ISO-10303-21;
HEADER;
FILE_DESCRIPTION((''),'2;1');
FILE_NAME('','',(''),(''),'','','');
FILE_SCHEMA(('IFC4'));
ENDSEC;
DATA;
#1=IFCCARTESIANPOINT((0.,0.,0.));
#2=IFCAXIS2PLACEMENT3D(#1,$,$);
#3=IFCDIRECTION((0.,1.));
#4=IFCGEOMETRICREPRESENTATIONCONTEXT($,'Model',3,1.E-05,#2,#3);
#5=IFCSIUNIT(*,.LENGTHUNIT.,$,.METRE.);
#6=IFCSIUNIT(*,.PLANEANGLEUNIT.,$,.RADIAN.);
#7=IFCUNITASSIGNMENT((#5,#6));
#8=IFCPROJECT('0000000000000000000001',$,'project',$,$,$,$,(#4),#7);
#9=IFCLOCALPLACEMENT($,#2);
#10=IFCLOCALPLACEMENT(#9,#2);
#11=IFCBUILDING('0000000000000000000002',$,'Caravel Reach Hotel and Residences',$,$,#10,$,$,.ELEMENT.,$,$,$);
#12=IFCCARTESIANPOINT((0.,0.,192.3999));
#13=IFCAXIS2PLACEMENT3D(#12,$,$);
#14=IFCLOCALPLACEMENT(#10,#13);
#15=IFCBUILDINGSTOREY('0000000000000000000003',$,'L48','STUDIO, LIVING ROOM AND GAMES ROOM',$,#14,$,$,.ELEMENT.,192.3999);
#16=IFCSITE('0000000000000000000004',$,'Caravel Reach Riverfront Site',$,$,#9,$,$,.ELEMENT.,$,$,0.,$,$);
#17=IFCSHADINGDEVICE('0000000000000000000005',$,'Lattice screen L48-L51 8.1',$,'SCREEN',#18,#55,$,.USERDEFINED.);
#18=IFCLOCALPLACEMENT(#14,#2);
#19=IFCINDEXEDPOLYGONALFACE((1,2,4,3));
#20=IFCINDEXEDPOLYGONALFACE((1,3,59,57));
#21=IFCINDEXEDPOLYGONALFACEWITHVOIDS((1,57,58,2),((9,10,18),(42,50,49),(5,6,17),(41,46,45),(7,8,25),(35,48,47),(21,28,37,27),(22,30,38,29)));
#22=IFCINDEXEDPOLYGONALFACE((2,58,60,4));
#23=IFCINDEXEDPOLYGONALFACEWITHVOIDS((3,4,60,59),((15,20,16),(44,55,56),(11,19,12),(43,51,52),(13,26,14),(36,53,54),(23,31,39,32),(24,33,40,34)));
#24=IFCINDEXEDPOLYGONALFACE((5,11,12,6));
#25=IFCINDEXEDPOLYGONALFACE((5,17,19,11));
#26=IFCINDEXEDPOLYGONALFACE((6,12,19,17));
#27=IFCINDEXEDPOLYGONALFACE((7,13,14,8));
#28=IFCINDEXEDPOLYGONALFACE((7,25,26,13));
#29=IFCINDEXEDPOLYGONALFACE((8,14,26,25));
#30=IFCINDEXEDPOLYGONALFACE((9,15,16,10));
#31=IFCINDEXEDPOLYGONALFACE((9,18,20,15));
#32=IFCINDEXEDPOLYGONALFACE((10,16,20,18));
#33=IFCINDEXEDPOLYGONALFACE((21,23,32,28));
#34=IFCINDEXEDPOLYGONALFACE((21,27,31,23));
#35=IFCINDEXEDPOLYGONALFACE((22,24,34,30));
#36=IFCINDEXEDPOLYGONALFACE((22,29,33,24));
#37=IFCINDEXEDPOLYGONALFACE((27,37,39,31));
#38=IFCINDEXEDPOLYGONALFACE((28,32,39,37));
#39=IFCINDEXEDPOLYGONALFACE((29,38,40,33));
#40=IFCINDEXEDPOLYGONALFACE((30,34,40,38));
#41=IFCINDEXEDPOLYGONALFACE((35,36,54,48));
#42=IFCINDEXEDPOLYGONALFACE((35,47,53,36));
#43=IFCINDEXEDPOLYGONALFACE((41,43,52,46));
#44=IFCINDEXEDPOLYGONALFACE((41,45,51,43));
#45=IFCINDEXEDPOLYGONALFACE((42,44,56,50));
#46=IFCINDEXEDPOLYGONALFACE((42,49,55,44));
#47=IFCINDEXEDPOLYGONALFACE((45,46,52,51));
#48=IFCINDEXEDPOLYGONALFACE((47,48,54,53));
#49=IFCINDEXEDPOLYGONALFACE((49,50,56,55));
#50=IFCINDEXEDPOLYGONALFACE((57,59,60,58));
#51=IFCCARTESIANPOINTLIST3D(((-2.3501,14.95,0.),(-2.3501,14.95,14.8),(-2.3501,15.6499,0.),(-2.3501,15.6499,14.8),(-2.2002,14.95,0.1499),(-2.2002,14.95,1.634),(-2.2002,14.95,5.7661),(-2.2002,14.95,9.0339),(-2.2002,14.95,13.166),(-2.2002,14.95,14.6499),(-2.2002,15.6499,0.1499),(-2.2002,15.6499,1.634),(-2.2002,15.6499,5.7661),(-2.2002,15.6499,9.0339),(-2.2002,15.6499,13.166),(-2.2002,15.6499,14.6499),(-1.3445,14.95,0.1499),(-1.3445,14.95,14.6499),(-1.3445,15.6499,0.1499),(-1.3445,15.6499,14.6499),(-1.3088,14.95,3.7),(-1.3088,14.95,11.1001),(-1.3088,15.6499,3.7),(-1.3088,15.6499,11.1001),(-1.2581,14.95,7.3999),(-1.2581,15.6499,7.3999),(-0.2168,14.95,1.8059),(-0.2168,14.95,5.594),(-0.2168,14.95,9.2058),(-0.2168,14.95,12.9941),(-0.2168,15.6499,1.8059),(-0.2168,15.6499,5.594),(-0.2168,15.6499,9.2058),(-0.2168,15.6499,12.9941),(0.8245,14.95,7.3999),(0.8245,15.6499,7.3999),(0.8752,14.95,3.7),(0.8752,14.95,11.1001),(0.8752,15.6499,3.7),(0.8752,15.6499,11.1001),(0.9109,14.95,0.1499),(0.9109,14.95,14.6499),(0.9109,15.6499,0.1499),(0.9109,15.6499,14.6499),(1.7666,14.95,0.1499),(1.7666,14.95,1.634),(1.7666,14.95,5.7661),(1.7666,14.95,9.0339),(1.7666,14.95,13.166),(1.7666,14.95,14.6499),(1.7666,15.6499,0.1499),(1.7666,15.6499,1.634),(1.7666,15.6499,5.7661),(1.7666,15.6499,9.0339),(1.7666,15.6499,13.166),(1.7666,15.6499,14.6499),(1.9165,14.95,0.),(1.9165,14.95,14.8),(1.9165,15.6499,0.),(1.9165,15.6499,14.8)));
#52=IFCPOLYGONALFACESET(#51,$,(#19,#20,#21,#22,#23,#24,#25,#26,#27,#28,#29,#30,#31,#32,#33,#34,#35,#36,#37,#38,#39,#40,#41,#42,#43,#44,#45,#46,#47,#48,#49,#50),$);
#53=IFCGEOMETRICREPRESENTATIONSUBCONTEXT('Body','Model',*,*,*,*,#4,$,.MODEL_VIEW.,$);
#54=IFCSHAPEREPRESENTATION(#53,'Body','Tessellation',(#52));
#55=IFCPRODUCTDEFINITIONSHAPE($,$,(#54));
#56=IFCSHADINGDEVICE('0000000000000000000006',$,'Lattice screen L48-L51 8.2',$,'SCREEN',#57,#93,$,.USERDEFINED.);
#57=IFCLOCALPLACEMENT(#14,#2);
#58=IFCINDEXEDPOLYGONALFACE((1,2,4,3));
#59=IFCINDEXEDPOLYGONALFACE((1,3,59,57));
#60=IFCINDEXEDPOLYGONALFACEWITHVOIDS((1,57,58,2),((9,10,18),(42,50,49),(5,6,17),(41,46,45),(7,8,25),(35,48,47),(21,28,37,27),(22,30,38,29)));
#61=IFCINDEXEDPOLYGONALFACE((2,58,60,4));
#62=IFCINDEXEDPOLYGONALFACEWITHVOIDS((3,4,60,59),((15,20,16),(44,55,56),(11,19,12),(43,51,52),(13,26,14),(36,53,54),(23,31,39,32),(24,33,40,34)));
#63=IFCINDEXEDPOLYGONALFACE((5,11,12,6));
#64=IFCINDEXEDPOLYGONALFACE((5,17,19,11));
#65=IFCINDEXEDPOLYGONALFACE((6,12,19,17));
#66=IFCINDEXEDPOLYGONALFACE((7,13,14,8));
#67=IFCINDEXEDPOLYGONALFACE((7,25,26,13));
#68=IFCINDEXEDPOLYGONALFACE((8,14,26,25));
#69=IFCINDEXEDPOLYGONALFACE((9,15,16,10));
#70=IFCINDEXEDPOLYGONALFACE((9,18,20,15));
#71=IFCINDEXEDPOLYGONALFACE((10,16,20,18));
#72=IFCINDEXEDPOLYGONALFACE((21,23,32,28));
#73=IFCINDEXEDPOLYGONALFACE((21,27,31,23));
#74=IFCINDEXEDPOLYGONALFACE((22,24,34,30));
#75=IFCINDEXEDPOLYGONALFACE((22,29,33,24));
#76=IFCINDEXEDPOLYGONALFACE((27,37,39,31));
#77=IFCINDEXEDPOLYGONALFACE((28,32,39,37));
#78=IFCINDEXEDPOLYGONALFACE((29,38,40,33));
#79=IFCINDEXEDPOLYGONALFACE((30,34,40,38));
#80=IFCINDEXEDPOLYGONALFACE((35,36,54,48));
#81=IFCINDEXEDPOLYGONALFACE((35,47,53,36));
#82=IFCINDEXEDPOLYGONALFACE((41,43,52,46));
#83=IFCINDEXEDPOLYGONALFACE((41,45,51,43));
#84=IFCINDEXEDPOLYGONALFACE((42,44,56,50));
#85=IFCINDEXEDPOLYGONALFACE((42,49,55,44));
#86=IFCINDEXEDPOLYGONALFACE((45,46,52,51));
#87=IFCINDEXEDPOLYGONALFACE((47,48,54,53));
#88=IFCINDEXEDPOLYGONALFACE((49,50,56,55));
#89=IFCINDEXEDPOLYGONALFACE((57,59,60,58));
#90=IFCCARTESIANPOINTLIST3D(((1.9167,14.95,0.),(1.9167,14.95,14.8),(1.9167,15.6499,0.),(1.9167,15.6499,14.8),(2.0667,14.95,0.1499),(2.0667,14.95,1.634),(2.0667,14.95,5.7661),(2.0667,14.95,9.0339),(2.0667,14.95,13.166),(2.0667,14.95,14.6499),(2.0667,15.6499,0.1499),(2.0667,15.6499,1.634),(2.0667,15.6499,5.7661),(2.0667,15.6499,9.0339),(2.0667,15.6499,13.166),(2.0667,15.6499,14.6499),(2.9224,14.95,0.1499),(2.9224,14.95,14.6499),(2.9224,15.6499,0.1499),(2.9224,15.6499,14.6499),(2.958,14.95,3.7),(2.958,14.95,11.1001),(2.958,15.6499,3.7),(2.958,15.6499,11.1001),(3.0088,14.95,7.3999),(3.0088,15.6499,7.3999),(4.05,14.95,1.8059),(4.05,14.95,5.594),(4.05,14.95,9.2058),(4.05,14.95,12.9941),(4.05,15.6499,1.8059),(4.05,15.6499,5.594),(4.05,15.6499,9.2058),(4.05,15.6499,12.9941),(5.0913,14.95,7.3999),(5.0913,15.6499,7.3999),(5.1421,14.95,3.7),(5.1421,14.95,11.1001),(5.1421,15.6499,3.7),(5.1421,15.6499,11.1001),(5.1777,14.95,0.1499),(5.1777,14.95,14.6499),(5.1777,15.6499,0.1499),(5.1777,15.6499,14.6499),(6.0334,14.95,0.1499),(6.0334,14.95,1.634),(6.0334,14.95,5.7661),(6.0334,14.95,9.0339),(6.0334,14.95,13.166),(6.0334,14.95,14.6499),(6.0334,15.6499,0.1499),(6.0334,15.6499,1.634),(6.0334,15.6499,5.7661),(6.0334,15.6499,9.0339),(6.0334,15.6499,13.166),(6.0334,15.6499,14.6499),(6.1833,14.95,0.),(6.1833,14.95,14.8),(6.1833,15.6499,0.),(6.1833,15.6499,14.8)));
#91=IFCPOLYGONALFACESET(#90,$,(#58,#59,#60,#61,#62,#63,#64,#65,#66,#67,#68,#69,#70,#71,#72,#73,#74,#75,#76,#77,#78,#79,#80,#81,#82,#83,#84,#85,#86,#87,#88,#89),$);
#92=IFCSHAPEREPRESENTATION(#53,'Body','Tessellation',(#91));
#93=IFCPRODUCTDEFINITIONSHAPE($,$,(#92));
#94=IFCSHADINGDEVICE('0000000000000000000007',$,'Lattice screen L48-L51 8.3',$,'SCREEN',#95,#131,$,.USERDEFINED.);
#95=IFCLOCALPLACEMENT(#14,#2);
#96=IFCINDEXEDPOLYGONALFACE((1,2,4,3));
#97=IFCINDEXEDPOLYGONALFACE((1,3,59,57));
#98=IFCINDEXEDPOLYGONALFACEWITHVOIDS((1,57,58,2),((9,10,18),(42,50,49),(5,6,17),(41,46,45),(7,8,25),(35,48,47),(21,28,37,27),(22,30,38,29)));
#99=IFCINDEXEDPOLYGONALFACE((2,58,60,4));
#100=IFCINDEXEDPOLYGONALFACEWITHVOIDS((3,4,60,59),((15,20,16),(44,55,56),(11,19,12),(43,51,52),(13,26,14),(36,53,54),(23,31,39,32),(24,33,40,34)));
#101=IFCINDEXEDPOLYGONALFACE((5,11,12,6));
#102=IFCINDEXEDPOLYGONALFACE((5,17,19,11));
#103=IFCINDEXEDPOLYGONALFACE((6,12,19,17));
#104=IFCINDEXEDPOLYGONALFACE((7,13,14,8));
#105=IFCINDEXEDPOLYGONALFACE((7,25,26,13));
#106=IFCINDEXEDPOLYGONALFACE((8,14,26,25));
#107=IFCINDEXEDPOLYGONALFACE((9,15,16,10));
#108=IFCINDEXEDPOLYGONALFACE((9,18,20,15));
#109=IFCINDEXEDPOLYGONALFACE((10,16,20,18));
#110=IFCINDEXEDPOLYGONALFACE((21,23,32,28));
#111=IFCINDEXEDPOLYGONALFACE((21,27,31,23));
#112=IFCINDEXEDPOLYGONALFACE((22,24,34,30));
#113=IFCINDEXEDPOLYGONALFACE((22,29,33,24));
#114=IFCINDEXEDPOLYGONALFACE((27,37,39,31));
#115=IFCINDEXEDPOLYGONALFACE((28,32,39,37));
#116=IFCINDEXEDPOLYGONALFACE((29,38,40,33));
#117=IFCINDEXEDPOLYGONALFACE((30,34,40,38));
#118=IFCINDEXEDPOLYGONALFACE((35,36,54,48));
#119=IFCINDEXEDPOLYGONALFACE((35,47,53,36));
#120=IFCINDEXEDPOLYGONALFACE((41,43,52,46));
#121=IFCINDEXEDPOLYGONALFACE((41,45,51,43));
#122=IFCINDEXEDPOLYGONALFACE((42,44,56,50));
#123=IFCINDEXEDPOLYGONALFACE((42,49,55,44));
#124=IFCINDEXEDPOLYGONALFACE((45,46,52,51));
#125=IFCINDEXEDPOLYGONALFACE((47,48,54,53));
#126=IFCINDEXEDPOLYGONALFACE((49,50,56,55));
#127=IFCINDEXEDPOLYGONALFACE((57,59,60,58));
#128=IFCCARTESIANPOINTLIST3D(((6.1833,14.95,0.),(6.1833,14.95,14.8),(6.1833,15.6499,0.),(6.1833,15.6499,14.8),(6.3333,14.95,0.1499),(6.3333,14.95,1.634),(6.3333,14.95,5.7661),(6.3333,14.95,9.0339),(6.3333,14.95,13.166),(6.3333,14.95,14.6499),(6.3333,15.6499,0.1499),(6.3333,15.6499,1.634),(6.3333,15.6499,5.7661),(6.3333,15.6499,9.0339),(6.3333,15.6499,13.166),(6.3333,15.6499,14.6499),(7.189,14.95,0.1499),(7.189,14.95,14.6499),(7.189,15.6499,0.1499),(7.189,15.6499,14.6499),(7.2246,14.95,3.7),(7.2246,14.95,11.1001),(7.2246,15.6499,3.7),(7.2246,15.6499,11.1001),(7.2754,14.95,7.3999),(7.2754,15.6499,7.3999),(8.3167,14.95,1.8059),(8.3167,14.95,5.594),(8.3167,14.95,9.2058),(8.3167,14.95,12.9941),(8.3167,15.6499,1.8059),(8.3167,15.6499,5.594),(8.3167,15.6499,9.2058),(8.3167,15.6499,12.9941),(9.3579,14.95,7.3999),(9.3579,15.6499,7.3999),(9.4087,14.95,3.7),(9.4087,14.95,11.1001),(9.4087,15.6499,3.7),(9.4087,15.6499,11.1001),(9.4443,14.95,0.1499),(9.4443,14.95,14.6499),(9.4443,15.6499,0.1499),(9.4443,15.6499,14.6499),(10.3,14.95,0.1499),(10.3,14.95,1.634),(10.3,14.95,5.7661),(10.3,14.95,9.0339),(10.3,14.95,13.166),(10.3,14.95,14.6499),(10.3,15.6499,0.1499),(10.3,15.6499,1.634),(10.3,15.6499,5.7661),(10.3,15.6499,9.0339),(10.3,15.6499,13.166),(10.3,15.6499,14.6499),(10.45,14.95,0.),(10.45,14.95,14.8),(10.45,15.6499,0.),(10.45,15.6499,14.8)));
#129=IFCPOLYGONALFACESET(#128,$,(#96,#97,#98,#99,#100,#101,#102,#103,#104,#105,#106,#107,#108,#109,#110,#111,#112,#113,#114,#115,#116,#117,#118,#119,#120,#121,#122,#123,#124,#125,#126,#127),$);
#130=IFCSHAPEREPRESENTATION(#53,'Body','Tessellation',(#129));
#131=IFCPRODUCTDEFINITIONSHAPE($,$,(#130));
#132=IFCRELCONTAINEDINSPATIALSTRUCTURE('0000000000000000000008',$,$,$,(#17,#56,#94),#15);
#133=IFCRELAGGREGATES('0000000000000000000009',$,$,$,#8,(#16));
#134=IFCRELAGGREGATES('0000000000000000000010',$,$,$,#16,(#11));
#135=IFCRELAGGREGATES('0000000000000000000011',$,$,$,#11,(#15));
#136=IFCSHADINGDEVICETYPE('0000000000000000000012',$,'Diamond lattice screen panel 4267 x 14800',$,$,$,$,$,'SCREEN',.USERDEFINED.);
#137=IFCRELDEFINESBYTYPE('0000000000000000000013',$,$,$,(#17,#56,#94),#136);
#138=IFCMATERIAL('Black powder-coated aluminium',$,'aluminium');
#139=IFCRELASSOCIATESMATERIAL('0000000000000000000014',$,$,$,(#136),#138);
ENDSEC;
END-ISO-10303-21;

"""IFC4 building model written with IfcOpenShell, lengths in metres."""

from ifc_helpers import new_model, si_unit, direction, frame, origin, place, context, subcontext, project, spatial, polyline, outline, extrude, material, type_object, element, save


model = new_model("IFC4")

# Units and contexts
model_context = context("Model", 3, precision=1e-05, world=origin(), true_north=direction((0.0, 1.0)))
body_context = subcontext(model_context, "Body", "Model", "MODEL_VIEW")
ifc_project = project(units=[si_unit("LENGTHUNIT", "METRE"), si_unit("PLANEANGLEUNIT", "RADIAN")], contexts=[model_context])

# Site, building, storey
site_placement = place(None, origin())
site = spatial("IfcSite", under=ifc_project, at=site_placement, Name="Caravel Reach Riverfront Site", CompositionType="ELEMENT", RefElevation=0.0)
building_placement = place(site_placement, origin())
building = spatial("IfcBuilding", under=site, at=building_placement, Name="Caravel Reach Hotel and Residences", CompositionType="ELEMENT")
storey_placement = place(building_placement, frame((0.0, 0.0, 192.3999)))
storey = spatial("IfcBuildingStorey", under=building, at=storey_placement, Name="L48", Description="STUDIO, LIVING ROOM AND GAMES ROOM", CompositionType="ELEMENT", Elevation=192.3999)

# Shading devices
ifc_material_1 = material(Name="Black powder-coated aluminium", Category="aluminium")
shading_device_type_1 = type_object("IfcShadingDeviceType", Name="Diamond lattice screen panel 4267 x 14800", ElementType="SCREEN", PredefinedType="USERDEFINED", material=ifc_material_1)
for number, where, z_axis, x_axis, name in (
    (1, (-2.3501, 15.6499, 0.0), (0.0, -1.0, 0.0), (1.0, 0.0, 0.0), "Lattice screen L48-L51 8.1"),
    (2, (1.9167, 15.6499, 0.0), (0.0, -1.0, 0.0), (1.0, 0.0, 0.0), "Lattice screen L48-L51 8.2"),
    (3, (6.1833, 15.6499, 0.0), (0.0, -1.0, 0.0), (1.0, 0.0, 0.0), "Lattice screen L48-L51 8.3"),
):
    element("IfcShadingDevice", number, at=place(storey_placement, frame(where, z_axis=z_axis, x_axis=x_axis)), inside=storey, type_object=shading_device_type_1, Name=name, ObjectType="SCREEN", PredefinedType="USERDEFINED", context=body_context, shape_type="SweptSolid", body=[
        extrude(outline(polyline([(0.0, 0.0), (4.2666, 0.0), (4.2666, 14.8), (0.0, 14.8), (0.0, 0.0)]), holes=[polyline([(1.0056, 0.1499), (0.1499, 1.634), (0.1499, 0.1499), (1.0056, 0.1499)]), polyline([(1.092, 7.3999), (0.1499, 9.0339), (0.1499, 5.7661), (1.092, 7.3999)]), polyline([(0.1499, 13.166), (1.0056, 14.6499), (0.1499, 14.6499), (0.1499, 13.166)]), polyline([(2.1333, 5.594), (1.0413, 3.7), (2.1333, 1.8059), (3.2253, 3.7), (2.1333, 5.594)]), polyline([(2.1333, 12.9941), (1.0413, 11.1001), (2.1333, 9.2058), (3.2253, 11.1001), (2.1333, 12.9941)]), polyline([(4.1167, 1.634), (3.261, 0.1499), (4.1167, 0.1499), (4.1167, 1.634)]), polyline([(3.1746, 7.3999), (4.1167, 5.7661), (4.1167, 9.0339), (3.1746, 7.3999)]), polyline([(3.261, 14.6499), (4.1167, 13.166), (4.1167, 14.6499), (3.261, 14.6499)])]), origin(), (0.0, 0.0, 1.0), 0.7),
    ])

save(model, "model.ifc")
